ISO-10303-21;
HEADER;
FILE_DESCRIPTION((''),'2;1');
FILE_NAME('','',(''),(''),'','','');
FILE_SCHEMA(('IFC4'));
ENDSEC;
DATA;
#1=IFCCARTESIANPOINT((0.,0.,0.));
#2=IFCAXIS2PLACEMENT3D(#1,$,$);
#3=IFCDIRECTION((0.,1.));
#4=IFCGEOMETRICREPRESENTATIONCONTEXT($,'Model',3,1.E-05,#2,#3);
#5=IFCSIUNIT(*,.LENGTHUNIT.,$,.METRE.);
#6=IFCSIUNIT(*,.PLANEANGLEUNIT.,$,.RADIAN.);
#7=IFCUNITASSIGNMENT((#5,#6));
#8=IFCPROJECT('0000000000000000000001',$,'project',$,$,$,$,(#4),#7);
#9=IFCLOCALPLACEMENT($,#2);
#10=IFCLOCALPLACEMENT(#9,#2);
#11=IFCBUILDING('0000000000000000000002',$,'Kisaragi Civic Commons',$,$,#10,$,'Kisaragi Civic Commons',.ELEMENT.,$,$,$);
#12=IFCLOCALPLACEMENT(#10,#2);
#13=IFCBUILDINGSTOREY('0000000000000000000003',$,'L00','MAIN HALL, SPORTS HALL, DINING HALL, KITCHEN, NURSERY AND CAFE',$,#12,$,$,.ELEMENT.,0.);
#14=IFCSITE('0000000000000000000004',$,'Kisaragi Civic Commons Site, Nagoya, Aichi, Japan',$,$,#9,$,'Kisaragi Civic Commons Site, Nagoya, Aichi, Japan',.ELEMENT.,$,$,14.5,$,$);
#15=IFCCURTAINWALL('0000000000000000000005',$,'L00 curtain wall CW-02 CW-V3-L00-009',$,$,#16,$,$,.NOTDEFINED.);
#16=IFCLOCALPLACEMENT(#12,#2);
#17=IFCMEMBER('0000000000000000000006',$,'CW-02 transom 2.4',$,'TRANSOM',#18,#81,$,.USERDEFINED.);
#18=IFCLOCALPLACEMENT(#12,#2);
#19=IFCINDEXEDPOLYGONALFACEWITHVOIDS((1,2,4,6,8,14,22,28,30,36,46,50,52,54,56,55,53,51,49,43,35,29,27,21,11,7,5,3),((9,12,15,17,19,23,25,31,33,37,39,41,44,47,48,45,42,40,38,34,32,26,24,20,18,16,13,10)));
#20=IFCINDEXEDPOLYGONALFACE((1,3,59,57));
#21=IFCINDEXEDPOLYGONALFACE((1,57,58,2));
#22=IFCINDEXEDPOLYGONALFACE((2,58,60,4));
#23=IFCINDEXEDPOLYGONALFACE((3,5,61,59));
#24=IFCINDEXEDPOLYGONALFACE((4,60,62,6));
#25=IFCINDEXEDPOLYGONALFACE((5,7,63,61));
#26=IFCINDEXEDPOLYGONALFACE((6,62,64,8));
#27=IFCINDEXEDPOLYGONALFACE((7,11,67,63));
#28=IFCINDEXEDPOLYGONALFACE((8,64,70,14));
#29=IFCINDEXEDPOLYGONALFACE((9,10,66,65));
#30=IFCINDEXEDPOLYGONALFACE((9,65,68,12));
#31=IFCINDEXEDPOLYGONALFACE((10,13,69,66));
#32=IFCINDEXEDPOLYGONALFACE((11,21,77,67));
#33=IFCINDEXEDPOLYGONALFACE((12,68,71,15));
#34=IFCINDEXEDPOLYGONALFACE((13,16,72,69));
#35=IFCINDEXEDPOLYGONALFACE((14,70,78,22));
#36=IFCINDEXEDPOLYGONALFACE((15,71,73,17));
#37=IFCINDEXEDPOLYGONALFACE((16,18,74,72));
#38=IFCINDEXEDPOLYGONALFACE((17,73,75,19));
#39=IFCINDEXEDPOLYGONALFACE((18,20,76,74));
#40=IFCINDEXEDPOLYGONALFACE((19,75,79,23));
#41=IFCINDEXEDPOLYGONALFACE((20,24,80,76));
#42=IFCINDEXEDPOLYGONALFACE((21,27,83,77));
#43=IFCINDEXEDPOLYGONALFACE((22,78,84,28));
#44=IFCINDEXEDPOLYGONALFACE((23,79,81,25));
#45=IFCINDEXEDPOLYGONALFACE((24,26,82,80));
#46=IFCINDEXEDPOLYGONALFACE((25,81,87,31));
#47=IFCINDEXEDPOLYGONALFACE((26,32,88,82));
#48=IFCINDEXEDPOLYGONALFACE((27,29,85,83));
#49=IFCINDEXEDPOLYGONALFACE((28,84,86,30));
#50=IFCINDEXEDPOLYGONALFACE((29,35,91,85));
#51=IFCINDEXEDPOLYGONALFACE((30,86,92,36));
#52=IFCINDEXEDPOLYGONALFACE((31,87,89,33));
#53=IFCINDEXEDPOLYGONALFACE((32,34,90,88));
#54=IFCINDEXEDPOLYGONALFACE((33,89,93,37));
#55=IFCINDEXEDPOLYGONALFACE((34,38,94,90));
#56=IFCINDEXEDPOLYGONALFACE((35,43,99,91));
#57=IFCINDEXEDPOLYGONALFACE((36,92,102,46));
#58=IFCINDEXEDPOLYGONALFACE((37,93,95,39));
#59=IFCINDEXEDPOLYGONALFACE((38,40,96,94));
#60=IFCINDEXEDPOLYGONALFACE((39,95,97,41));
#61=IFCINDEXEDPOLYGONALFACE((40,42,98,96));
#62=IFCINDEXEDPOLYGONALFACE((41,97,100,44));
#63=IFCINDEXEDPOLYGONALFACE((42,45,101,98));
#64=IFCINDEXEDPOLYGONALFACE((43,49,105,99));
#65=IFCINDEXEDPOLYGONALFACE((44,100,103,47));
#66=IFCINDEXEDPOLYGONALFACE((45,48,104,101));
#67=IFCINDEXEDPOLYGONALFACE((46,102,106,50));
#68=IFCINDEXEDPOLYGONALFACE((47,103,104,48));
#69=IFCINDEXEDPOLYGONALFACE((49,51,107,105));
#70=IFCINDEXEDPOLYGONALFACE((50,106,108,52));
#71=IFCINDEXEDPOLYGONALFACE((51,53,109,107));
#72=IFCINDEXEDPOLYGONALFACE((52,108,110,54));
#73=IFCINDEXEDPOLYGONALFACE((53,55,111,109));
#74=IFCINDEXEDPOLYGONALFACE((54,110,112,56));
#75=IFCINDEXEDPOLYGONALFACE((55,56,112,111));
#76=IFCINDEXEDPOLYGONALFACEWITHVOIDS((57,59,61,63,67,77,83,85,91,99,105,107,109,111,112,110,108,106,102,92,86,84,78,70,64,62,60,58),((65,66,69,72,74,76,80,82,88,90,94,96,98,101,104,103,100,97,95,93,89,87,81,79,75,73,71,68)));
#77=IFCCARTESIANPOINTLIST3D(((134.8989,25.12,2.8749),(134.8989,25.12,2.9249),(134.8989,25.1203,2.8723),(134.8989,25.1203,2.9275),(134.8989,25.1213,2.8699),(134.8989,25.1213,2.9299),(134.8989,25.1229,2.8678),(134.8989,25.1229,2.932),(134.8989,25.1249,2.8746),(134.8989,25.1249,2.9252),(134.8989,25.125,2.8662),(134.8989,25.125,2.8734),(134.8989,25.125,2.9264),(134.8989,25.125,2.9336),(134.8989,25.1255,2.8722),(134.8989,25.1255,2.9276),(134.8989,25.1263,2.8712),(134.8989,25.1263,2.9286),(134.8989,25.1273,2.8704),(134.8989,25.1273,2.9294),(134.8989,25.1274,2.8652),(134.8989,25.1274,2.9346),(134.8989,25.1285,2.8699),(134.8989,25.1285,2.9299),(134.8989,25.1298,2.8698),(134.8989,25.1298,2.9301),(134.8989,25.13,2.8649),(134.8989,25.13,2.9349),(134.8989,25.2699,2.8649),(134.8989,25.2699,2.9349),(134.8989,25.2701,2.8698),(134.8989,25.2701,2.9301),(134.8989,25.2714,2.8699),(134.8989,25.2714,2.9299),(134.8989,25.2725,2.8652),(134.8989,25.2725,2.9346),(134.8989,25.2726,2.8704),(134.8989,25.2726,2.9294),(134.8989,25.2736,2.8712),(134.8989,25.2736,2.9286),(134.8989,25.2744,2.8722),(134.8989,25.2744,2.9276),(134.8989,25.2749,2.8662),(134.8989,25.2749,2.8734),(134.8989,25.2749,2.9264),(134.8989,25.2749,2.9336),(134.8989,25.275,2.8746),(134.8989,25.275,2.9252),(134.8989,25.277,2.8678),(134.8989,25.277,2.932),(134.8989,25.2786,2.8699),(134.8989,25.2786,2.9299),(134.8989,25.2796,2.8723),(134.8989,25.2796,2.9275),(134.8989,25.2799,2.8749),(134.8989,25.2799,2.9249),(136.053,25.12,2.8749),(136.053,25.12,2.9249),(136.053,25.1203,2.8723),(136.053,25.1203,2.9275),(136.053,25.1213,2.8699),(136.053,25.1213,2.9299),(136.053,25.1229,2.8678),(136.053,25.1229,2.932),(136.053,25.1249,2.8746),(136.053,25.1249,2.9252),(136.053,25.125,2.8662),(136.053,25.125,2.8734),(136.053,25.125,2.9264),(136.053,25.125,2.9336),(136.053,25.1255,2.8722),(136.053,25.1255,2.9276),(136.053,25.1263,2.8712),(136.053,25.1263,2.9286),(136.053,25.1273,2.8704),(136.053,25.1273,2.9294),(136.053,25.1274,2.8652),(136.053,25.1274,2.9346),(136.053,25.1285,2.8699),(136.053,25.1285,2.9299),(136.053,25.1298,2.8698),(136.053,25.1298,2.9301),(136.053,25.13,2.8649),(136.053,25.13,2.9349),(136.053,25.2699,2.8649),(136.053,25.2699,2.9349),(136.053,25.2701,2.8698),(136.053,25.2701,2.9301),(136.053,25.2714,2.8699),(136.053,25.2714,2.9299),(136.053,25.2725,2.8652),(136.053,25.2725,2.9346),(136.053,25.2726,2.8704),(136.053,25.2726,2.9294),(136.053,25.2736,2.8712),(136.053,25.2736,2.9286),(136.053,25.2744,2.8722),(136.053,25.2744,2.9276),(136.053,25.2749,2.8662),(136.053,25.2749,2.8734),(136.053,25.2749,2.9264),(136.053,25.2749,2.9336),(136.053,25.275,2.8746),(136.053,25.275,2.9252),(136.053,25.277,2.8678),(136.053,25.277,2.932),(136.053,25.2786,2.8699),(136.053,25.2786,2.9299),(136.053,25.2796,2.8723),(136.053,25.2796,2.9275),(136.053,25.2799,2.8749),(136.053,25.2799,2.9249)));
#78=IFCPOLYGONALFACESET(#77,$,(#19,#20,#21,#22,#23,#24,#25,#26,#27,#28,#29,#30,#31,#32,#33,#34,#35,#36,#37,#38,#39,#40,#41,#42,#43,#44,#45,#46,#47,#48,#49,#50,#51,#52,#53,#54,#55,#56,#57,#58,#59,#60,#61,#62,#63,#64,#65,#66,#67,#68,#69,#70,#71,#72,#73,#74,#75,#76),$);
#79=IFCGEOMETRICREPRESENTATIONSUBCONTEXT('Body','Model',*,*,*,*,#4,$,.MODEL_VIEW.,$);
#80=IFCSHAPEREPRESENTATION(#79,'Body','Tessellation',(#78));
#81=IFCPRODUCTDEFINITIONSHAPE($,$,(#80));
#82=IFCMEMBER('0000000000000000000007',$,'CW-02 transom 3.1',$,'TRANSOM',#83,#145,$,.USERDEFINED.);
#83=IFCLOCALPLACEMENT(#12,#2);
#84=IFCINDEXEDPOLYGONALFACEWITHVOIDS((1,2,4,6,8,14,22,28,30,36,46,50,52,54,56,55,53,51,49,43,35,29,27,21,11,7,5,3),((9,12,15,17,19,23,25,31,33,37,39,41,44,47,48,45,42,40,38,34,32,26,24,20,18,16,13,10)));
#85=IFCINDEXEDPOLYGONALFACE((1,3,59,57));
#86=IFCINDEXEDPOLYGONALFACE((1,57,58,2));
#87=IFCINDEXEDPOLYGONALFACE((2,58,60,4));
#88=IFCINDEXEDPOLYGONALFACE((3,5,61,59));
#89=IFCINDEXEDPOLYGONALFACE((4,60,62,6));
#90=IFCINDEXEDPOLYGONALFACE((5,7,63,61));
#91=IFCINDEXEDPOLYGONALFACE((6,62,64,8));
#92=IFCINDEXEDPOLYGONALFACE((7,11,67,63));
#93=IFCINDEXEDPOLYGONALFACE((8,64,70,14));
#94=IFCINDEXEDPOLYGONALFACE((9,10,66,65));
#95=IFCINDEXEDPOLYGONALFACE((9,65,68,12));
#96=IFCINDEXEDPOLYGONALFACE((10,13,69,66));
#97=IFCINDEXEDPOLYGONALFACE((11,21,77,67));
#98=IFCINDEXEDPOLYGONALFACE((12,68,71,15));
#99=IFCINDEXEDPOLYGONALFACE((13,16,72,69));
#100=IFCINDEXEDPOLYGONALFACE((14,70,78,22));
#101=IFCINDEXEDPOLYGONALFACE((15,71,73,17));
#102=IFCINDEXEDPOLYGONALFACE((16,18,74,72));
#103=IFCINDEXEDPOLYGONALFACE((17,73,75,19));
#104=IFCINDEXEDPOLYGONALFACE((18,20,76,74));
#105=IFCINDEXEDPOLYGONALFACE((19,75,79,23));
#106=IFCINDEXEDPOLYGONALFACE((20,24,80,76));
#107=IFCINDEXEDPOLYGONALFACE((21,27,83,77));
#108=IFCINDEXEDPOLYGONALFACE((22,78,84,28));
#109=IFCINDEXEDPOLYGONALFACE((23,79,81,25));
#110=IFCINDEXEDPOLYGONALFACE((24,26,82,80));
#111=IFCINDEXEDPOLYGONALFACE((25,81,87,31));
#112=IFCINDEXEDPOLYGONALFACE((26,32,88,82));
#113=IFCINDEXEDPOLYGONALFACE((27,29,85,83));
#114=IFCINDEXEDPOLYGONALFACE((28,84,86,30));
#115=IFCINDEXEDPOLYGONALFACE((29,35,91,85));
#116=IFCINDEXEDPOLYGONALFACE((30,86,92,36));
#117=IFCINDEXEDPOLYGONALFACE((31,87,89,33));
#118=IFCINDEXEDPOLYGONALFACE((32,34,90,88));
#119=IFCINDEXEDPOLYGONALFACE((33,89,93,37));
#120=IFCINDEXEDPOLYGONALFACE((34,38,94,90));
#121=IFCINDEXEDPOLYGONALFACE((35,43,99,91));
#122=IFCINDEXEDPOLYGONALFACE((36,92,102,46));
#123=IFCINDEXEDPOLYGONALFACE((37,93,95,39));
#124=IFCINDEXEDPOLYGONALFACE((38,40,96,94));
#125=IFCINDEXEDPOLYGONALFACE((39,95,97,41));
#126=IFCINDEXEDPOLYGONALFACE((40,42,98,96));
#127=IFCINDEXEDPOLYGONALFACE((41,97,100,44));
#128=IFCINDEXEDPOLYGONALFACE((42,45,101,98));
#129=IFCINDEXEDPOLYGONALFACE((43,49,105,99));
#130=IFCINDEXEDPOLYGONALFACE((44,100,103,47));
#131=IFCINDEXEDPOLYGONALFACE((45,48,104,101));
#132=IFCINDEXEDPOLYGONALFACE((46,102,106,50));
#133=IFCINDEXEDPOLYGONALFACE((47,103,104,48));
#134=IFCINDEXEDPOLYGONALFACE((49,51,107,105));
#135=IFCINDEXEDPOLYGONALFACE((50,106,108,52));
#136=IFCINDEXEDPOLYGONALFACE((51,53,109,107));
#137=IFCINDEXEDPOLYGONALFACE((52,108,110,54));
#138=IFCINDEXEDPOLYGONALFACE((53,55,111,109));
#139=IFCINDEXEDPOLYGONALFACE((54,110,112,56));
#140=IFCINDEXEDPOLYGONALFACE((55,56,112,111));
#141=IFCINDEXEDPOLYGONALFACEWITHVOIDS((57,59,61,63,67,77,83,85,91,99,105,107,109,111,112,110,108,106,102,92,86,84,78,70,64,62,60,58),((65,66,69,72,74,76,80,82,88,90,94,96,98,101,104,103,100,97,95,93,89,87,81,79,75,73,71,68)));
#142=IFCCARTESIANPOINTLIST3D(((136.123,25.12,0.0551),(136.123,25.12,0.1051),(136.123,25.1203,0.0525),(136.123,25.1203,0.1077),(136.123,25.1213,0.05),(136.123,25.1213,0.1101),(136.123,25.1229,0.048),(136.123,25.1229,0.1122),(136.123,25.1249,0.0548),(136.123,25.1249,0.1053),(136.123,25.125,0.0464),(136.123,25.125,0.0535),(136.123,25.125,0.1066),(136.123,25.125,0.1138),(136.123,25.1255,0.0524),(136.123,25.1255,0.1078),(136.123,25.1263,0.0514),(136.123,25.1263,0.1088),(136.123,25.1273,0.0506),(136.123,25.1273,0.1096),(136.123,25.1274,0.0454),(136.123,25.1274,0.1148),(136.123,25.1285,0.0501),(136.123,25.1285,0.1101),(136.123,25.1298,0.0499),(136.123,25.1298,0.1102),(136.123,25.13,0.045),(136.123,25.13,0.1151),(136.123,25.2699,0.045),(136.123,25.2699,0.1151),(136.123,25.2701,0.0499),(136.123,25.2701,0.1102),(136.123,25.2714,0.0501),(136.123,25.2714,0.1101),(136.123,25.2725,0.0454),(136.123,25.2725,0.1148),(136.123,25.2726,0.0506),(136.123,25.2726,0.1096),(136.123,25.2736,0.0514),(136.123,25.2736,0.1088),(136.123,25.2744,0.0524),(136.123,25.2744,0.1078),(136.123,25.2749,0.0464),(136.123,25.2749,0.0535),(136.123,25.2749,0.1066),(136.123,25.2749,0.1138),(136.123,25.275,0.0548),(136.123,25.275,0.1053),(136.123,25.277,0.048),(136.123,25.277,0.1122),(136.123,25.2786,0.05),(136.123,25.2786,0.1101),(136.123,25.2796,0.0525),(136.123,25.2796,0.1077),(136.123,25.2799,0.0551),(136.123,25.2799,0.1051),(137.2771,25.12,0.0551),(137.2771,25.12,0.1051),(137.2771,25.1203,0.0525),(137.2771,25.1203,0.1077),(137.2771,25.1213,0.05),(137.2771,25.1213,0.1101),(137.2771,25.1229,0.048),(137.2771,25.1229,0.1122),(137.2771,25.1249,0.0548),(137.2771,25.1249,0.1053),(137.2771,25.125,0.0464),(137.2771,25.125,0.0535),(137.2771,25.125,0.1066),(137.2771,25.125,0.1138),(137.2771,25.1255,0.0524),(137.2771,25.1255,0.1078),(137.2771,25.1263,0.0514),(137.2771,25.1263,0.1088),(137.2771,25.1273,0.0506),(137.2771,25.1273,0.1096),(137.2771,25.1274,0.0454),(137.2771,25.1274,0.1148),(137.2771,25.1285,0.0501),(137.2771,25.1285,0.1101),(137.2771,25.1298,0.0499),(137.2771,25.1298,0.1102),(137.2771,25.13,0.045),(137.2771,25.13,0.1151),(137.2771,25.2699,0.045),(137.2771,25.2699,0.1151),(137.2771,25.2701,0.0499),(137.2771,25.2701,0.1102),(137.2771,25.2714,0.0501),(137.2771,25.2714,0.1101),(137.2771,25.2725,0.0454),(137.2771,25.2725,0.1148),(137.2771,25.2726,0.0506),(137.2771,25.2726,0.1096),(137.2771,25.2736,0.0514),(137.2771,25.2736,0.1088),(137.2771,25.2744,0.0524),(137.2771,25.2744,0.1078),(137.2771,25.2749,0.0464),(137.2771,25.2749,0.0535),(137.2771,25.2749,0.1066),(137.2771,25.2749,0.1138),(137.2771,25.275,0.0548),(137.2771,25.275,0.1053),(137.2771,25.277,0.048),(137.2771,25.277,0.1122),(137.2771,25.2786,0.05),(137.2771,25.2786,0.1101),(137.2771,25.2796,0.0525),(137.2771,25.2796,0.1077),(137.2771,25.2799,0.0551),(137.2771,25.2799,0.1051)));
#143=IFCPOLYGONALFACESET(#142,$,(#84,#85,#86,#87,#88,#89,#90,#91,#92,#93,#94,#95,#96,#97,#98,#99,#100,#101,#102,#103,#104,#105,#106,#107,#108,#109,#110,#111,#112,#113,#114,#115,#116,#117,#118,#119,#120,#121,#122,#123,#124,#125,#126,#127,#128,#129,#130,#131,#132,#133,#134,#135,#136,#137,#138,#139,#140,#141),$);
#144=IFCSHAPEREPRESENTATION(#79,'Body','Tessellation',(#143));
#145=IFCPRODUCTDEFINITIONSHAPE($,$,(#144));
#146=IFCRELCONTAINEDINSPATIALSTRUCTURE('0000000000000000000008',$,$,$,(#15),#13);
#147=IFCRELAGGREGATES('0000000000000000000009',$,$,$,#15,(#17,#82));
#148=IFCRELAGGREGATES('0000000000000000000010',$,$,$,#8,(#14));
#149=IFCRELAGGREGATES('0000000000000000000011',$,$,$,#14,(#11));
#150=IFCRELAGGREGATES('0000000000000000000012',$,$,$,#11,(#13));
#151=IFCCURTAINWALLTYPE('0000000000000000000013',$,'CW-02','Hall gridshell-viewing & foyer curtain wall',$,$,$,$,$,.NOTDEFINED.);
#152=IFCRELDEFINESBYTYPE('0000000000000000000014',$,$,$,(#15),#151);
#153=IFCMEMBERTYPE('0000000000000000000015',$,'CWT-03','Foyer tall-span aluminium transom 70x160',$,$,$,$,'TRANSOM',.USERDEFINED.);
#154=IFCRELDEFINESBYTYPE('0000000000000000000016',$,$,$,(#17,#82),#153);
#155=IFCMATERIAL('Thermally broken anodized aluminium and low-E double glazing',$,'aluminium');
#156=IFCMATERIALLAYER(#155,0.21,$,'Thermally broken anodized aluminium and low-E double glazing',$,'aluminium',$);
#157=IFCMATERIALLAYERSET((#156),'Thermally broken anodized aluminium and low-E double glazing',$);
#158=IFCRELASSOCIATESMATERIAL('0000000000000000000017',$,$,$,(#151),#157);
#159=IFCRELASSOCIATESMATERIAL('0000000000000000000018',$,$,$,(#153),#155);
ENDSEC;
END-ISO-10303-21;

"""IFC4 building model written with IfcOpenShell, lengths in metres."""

from ifc_helpers import new_model, si_unit, direction, frame, origin, origin_2d, place, context, subcontext, project, spatial, hollow_rectangle, extrude, material, layer, layer_set, material_profile, profile_set, type_object, element, aggregate, save


model = new_model("IFC4")

# Units and contexts
model_context = context("Model", 3, precision=1e-05, world=origin(), true_north=direction((0.0, 1.0)))
body_context = subcontext(model_context, "Body", "Model", "MODEL_VIEW")
ifc_project = project(units=[si_unit("LENGTHUNIT", "METRE"), si_unit("PLANEANGLEUNIT", "RADIAN")], contexts=[model_context])

# Site, building, storey
site_placement = place(None, origin())
site = spatial("IfcSite", under=ifc_project, at=site_placement, Name="Kisaragi Civic Commons Site, Nagoya, Aichi, Japan", LongName="Kisaragi Civic Commons Site, Nagoya, Aichi, Japan", CompositionType="ELEMENT", RefElevation=14.5)
building_placement = place(site_placement, origin())
building = spatial("IfcBuilding", under=site, at=building_placement, Name="Kisaragi Civic Commons", LongName="Kisaragi Civic Commons", CompositionType="ELEMENT")
storey_placement = place(building_placement, origin())
storey = spatial("IfcBuildingStorey", under=building, at=storey_placement, Name="L00", Description="MAIN HALL, SPORTS HALL, DINING HALL, KITCHEN, NURSERY AND CAFE", CompositionType="ELEMENT", Elevation=0.0)

# Curtain wall, members
ifc_material_1 = material(Name="Thermally broken anodized aluminium and low-E double glazing", Category="aluminium")
ifc_layer_1 = layer(ifc_material_1, 0.21, Name="Thermally broken anodized aluminium and low-E double glazing", Category="aluminium")
ifc_layer_set_1 = layer_set([ifc_layer_1], Name="Thermally broken anodized aluminium and low-E double glazing")
curtain_wall_type = type_object("IfcCurtainWallType", Name="CW-02", Description="Hall gridshell-viewing & foyer curtain wall", PredefinedType="NOTDEFINED", material=ifc_layer_set_1)
curtain_wall_placement = place(storey_placement, origin())
curtain_wall = element("IfcCurtainWall", 1, at=curtain_wall_placement, inside=storey, type_object=curtain_wall_type, Name="L00 curtain wall CW-02 CW-V3-L00-009", PredefinedType="NOTDEFINED")
ifc_material_profile_1 = material_profile(ifc_material_1, hollow_rectangle(XDim=0.1599, YDim=0.0701, WallThickness=0.0049, InnerFilletRadius=0.0049, OuterFilletRadius=0.01, at=origin_2d()), Name="CWT-70x160x5", Category="aluminium")
ifc_profile_set_1 = profile_set([ifc_material_profile_1], Name="Thermally broken anodized aluminium and low-E double glazing")
member_type_1 = type_object("IfcMemberType", Name="CWT-03", Description="Foyer tall-span aluminium transom 70x160", ElementType="TRANSOM", PredefinedType="USERDEFINED", material=ifc_profile_set_1)
member_1_placement = place(storey_placement, frame((134.8989, 25.2, 2.8999), z_axis=(1.0, 0.0, 0.0), x_axis=(0.0, 1.0, 0.0)))
member_1 = element("IfcMember", 2, at=member_1_placement, type_object=member_type_1, Name="CW-02 transom 2.4", ObjectType="TRANSOM", PredefinedType="USERDEFINED", context=body_context, shape_type="SweptSolid", body=[
    extrude(hollow_rectangle(XDim=0.1599, YDim=0.0701, WallThickness=0.0049, InnerFilletRadius=0.0049, OuterFilletRadius=0.01, at=origin_2d()), origin(), (0.0, 0.0, 1.0), 1.1541),
])
member_2_placement = place(storey_placement, frame((136.123, 25.2, 0.0801), z_axis=(1.0, 0.0, 0.0), x_axis=(0.0, 1.0, 0.0)))
member_2 = element("IfcMember", 3, at=member_2_placement, type_object=member_type_1, Name="CW-02 transom 3.1", ObjectType="TRANSOM", PredefinedType="USERDEFINED", context=body_context, shape_type="SweptSolid", body=[
    extrude(hollow_rectangle(XDim=0.1599, YDim=0.0701, WallThickness=0.0049, InnerFilletRadius=0.0049, OuterFilletRadius=0.01, at=origin_2d()), origin(), (0.0, 0.0, 1.0), 1.1541),
])

aggregate(curtain_wall, [member_1, member_2])

save(model, "model.ifc")
